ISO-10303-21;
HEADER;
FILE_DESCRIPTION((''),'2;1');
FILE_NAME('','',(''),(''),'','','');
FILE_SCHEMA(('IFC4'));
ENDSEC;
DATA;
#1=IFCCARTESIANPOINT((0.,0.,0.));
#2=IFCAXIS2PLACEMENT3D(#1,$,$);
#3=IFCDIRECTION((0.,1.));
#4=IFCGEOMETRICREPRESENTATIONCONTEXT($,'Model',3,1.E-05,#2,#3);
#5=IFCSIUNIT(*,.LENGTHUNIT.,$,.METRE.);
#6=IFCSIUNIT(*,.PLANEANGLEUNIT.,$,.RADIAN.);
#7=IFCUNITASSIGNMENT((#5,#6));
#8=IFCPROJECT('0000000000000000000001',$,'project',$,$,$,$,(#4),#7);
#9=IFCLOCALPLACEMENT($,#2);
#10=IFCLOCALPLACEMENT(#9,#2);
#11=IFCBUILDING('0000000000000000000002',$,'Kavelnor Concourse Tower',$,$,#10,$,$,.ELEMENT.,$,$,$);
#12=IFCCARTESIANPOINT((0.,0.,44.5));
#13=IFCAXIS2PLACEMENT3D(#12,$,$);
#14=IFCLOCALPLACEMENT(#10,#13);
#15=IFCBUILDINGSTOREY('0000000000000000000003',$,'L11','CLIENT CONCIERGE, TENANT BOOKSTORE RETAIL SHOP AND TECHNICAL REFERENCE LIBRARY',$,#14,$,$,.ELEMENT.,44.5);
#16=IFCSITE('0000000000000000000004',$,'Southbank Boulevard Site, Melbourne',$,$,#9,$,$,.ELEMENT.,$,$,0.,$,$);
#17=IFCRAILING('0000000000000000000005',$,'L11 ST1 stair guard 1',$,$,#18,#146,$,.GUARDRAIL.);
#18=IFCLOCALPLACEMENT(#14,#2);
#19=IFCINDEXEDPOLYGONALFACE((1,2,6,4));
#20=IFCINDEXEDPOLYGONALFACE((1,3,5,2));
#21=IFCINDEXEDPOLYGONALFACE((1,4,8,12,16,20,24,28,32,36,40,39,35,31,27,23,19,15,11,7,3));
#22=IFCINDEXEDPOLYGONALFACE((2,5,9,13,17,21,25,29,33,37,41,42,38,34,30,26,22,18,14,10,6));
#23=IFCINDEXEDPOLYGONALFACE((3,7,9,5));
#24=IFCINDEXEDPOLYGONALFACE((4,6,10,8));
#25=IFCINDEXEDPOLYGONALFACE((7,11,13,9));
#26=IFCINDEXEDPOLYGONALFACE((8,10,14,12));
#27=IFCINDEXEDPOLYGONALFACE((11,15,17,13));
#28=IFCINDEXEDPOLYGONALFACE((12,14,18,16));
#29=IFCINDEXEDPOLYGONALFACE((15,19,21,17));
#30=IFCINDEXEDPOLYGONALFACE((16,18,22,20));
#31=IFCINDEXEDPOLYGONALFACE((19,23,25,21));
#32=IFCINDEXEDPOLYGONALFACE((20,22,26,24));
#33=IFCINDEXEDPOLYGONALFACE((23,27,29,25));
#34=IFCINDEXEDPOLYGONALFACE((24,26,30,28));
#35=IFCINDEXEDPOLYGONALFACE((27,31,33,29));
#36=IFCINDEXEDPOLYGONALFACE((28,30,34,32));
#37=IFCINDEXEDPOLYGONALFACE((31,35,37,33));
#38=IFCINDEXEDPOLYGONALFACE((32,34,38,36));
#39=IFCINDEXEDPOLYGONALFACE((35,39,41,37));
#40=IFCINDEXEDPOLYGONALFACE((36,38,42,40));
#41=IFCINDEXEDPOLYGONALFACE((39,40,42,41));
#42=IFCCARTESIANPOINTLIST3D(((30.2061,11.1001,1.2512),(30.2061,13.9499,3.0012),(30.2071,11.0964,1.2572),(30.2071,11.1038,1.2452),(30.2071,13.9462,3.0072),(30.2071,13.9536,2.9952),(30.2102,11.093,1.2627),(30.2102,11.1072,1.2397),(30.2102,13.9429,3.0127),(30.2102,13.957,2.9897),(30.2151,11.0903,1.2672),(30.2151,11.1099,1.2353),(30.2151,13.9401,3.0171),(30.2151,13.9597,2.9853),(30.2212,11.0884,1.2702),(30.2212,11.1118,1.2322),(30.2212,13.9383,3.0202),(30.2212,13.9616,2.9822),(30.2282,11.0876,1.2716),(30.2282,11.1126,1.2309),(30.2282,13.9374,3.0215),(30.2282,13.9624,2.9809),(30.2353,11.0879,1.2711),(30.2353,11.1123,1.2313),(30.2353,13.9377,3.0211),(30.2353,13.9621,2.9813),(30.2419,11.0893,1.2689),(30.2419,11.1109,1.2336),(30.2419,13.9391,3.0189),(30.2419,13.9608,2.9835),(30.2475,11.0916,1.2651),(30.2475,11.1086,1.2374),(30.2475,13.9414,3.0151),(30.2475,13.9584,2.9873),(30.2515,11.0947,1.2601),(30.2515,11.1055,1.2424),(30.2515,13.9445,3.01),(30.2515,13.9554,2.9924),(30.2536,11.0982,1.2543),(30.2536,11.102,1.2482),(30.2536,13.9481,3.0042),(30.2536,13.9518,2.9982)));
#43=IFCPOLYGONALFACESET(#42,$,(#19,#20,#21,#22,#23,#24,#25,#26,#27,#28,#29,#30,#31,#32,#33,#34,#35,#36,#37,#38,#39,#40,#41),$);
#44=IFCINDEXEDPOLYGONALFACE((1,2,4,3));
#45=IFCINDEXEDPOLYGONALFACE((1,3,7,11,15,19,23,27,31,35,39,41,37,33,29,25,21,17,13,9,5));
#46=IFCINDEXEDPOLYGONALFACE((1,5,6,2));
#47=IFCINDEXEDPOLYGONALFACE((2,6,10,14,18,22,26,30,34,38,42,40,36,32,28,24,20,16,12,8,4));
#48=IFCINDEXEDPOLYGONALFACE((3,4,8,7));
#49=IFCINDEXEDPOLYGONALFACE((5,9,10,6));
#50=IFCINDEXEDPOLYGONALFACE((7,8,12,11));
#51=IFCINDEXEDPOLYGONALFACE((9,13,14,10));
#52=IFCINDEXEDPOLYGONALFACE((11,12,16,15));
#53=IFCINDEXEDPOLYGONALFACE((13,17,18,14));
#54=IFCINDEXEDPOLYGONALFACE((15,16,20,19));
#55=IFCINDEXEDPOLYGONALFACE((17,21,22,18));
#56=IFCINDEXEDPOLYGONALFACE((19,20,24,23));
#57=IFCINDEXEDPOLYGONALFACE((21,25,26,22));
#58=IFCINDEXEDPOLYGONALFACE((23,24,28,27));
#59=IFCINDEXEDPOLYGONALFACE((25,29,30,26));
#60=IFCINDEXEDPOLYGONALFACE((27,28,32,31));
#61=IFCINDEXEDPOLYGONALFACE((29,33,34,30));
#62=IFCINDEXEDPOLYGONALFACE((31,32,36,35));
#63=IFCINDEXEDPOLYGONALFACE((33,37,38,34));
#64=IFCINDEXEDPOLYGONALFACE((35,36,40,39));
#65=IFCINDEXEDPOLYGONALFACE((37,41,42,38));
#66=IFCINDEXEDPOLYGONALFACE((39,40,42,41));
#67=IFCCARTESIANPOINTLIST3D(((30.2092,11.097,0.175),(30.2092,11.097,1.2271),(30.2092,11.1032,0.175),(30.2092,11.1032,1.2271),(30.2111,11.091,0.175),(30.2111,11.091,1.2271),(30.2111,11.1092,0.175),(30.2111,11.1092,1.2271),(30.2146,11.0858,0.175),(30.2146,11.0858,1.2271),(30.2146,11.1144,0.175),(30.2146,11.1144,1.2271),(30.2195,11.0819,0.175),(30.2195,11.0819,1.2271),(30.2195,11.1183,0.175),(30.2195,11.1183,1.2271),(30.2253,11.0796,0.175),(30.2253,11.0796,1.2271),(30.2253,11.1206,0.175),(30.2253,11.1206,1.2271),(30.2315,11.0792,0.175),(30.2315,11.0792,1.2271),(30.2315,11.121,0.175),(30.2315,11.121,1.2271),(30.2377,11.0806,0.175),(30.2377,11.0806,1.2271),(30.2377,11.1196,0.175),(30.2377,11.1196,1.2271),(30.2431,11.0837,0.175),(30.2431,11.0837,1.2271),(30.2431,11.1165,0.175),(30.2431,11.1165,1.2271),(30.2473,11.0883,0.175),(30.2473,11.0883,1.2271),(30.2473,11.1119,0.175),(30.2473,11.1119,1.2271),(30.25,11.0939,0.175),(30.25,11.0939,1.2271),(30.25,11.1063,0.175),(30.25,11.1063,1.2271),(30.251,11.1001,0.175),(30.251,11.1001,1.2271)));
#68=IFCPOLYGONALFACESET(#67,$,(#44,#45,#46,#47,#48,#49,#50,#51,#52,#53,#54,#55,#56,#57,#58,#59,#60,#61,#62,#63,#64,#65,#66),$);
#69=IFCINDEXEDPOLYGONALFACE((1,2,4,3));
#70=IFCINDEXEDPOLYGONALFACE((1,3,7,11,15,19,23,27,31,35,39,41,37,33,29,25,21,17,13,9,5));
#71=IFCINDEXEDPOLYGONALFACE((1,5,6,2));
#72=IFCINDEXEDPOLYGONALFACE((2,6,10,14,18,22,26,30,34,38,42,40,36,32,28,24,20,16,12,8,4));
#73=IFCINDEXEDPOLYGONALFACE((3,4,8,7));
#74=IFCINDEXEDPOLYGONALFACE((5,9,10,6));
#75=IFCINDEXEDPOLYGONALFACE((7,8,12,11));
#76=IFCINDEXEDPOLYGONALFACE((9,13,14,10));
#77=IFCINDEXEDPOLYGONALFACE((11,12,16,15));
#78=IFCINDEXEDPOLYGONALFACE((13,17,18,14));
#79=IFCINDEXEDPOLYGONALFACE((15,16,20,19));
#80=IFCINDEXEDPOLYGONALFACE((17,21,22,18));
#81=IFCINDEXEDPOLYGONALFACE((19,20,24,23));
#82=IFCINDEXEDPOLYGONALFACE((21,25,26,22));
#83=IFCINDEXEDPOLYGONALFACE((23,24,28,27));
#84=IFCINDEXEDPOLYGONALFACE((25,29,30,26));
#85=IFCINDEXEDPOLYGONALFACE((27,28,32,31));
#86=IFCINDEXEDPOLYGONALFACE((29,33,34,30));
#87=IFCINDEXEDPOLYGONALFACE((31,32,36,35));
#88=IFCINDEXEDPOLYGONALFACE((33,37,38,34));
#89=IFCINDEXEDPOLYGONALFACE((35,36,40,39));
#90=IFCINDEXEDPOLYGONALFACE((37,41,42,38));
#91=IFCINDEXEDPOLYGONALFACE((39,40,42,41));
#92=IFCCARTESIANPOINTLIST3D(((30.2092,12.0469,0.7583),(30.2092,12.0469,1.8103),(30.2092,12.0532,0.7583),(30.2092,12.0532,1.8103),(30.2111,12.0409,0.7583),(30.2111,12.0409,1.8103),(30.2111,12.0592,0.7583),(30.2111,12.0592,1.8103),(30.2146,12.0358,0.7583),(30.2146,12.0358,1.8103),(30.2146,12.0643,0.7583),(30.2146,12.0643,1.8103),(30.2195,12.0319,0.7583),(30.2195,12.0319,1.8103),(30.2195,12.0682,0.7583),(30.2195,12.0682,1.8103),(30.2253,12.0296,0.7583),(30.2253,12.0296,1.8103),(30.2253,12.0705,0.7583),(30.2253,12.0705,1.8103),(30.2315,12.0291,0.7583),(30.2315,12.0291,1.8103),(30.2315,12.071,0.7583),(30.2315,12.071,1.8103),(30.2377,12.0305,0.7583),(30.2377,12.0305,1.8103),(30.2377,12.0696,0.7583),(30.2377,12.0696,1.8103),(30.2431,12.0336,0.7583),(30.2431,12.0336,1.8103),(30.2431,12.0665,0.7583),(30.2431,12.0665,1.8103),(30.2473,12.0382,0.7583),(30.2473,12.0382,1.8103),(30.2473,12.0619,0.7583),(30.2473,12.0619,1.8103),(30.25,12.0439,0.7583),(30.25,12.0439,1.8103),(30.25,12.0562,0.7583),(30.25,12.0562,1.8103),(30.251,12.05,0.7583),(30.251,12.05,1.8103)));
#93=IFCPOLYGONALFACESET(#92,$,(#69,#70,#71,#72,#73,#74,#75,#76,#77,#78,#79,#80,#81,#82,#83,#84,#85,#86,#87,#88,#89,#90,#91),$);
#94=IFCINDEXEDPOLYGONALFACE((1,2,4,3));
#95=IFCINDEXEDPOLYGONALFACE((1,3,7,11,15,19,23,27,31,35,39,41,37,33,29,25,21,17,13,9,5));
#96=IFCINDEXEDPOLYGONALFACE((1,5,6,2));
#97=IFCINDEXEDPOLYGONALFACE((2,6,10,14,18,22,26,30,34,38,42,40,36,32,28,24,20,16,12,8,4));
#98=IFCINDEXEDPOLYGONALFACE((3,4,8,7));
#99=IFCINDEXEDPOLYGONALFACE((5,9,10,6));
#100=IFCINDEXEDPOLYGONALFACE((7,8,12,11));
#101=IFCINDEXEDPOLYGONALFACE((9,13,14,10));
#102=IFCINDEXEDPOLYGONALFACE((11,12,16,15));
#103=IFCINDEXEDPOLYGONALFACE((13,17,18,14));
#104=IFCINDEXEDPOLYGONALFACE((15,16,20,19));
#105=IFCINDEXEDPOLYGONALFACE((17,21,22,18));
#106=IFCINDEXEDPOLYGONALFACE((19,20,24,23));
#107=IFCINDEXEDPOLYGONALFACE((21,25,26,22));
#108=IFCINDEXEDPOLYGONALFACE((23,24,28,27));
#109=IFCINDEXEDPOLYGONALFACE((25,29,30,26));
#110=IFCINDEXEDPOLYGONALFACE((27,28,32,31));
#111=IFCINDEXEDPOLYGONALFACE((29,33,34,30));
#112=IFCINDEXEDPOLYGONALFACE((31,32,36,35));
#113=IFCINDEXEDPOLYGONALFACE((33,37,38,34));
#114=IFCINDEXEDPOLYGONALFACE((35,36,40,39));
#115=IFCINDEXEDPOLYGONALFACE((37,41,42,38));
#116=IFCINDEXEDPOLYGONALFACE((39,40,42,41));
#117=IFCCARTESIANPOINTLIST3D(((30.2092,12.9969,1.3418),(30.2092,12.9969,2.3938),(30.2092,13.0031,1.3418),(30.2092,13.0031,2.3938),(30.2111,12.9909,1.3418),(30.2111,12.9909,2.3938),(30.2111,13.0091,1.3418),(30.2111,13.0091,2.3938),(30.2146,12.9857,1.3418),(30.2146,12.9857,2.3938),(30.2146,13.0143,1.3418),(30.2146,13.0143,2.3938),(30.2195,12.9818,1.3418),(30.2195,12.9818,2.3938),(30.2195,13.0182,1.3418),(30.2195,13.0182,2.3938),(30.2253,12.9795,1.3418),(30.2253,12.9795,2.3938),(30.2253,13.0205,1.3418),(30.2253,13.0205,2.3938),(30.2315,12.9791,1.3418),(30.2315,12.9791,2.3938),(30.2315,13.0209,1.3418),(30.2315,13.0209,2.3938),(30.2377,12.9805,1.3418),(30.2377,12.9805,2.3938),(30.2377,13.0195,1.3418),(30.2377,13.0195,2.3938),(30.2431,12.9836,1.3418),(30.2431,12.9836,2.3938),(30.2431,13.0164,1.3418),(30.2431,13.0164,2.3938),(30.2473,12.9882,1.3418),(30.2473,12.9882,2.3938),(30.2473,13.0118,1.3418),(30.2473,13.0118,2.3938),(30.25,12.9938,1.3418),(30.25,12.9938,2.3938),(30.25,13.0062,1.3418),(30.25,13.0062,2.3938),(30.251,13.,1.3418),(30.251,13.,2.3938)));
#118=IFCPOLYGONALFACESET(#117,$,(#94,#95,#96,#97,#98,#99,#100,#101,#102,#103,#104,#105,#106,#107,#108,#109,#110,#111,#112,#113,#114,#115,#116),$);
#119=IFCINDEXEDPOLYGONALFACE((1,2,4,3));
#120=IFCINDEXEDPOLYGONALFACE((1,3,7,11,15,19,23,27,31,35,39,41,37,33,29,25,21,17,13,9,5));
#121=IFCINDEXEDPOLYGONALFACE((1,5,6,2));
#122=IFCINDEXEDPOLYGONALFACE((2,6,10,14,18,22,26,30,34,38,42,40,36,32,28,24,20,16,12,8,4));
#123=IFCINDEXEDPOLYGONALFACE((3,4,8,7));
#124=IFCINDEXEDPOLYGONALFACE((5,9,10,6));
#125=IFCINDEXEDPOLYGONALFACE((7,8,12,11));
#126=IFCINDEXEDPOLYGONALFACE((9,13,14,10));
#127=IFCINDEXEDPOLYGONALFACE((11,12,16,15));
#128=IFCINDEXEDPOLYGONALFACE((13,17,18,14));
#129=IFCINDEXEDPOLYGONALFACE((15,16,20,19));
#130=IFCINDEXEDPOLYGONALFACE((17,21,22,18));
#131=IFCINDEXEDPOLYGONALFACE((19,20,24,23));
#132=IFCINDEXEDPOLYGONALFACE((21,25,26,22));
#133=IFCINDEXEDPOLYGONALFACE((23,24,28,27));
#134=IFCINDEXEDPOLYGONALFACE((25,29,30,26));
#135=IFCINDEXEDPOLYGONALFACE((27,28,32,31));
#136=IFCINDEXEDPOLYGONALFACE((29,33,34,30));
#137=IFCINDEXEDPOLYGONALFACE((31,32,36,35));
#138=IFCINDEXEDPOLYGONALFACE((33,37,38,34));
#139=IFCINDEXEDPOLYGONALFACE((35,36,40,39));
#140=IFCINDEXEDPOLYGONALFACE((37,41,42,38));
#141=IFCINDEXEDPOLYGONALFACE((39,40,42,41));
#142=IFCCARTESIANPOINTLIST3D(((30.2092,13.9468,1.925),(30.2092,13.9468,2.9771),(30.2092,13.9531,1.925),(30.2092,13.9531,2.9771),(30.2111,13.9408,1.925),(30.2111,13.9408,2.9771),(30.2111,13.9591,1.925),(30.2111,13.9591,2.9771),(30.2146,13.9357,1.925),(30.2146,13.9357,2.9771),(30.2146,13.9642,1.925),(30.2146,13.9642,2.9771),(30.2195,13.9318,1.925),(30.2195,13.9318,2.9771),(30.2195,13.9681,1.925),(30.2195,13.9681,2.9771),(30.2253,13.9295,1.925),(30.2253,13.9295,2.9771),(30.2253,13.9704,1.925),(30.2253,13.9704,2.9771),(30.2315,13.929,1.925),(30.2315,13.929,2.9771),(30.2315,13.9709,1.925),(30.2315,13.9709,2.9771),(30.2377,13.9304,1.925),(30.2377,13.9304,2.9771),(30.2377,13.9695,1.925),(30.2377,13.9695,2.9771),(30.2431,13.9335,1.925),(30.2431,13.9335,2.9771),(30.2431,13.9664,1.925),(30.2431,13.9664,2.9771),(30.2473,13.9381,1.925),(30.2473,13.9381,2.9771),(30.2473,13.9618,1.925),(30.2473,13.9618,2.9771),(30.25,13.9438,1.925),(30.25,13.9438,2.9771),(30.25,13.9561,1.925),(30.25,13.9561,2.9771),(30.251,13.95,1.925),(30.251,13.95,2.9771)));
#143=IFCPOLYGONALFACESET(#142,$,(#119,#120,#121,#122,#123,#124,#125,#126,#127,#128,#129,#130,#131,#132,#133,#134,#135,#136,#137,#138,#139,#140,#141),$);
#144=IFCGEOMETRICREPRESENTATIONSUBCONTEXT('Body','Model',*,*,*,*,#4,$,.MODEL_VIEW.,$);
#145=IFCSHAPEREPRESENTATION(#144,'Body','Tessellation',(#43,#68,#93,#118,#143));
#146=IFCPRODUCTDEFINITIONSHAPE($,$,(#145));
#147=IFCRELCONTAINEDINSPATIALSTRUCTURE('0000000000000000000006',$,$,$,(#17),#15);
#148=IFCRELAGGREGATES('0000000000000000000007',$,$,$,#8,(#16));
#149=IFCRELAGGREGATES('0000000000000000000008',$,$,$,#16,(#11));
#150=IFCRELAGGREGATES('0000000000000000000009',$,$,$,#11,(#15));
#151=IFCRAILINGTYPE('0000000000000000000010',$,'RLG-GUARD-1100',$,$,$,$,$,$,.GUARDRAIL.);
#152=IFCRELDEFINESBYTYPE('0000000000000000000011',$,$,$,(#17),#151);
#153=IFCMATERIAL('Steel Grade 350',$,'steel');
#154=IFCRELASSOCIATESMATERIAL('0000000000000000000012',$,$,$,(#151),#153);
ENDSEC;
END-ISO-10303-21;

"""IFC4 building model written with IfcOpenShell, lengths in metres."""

from ifc_helpers import new_model, si_unit, direction, frame, origin, origin_2d, place, context, subcontext, project, spatial, circle, extrude, material, type_object, element, save


model = new_model("IFC4")

# Units and contexts
model_context = context("Model", 3, precision=1e-05, world=origin(), true_north=direction((0.0, 1.0)))
body_context = subcontext(model_context, "Body", "Model", "MODEL_VIEW")
ifc_project = project(units=[si_unit("LENGTHUNIT", "METRE"), si_unit("PLANEANGLEUNIT", "RADIAN")], contexts=[model_context])

# Site, building, storey
site_placement = place(None, origin())
site = spatial("IfcSite", under=ifc_project, at=site_placement, Name="Southbank Boulevard Site, Melbourne", CompositionType="ELEMENT", RefElevation=0.0)
building_placement = place(site_placement, origin())
building = spatial("IfcBuilding", under=site, at=building_placement, Name="Kavelnor Concourse Tower", CompositionType="ELEMENT")
storey_placement = place(building_placement, frame((0.0, 0.0, 44.5)))
storey = spatial("IfcBuildingStorey", under=building, at=storey_placement, Name="L11", Description="CLIENT CONCIERGE, TENANT BOOKSTORE RETAIL SHOP AND TECHNICAL REFERENCE LIBRARY", CompositionType="ELEMENT", Elevation=44.5)

# Shared definitions
ifc_material_1 = material(Name="Steel Grade 350", Category="steel")

# Railing
railing_type_1 = type_object("IfcRailingType", Name="RLG-GUARD-1100", PredefinedType="GUARDRAIL", material=ifc_material_1)
railing_1_placement = place(storey_placement, frame((30.23, 11.1001, 0.175)))
element("IfcRailing", 1, at=railing_1_placement, inside=storey, type_object=railing_type_1, Name="L11 ST1 stair guard 1", PredefinedType="GUARDRAIL", context=body_context, shape_type="SweptSolid", body=[
    extrude(circle(Radius=0.0239, at=origin_2d()), frame((0.0, 0.0, 1.0762), z_axis=(0.0, 0.852159, 0.523283), x_axis=(-1.0, 0.0, 0.0)), (0.0, 0.0, 1.0), 3.3442),
    extrude(circle(Radius=0.021, at=origin_2d()), origin(), (0.0, 0.0, 1.0), 1.052),
    extrude(circle(Radius=0.021, at=origin_2d()), frame((0.0, 0.95, 0.5833)), (0.0, 0.0, 1.0), 1.052),
    extrude(circle(Radius=0.021, at=origin_2d()), frame((0.0, 1.8999, 1.1667)), (0.0, 0.0, 1.0), 1.052),
    extrude(circle(Radius=0.021, at=origin_2d()), frame((0.0, 2.8499, 1.75)), (0.0, 0.0, 1.0), 1.052),
])

save(model, "model.ifc")
